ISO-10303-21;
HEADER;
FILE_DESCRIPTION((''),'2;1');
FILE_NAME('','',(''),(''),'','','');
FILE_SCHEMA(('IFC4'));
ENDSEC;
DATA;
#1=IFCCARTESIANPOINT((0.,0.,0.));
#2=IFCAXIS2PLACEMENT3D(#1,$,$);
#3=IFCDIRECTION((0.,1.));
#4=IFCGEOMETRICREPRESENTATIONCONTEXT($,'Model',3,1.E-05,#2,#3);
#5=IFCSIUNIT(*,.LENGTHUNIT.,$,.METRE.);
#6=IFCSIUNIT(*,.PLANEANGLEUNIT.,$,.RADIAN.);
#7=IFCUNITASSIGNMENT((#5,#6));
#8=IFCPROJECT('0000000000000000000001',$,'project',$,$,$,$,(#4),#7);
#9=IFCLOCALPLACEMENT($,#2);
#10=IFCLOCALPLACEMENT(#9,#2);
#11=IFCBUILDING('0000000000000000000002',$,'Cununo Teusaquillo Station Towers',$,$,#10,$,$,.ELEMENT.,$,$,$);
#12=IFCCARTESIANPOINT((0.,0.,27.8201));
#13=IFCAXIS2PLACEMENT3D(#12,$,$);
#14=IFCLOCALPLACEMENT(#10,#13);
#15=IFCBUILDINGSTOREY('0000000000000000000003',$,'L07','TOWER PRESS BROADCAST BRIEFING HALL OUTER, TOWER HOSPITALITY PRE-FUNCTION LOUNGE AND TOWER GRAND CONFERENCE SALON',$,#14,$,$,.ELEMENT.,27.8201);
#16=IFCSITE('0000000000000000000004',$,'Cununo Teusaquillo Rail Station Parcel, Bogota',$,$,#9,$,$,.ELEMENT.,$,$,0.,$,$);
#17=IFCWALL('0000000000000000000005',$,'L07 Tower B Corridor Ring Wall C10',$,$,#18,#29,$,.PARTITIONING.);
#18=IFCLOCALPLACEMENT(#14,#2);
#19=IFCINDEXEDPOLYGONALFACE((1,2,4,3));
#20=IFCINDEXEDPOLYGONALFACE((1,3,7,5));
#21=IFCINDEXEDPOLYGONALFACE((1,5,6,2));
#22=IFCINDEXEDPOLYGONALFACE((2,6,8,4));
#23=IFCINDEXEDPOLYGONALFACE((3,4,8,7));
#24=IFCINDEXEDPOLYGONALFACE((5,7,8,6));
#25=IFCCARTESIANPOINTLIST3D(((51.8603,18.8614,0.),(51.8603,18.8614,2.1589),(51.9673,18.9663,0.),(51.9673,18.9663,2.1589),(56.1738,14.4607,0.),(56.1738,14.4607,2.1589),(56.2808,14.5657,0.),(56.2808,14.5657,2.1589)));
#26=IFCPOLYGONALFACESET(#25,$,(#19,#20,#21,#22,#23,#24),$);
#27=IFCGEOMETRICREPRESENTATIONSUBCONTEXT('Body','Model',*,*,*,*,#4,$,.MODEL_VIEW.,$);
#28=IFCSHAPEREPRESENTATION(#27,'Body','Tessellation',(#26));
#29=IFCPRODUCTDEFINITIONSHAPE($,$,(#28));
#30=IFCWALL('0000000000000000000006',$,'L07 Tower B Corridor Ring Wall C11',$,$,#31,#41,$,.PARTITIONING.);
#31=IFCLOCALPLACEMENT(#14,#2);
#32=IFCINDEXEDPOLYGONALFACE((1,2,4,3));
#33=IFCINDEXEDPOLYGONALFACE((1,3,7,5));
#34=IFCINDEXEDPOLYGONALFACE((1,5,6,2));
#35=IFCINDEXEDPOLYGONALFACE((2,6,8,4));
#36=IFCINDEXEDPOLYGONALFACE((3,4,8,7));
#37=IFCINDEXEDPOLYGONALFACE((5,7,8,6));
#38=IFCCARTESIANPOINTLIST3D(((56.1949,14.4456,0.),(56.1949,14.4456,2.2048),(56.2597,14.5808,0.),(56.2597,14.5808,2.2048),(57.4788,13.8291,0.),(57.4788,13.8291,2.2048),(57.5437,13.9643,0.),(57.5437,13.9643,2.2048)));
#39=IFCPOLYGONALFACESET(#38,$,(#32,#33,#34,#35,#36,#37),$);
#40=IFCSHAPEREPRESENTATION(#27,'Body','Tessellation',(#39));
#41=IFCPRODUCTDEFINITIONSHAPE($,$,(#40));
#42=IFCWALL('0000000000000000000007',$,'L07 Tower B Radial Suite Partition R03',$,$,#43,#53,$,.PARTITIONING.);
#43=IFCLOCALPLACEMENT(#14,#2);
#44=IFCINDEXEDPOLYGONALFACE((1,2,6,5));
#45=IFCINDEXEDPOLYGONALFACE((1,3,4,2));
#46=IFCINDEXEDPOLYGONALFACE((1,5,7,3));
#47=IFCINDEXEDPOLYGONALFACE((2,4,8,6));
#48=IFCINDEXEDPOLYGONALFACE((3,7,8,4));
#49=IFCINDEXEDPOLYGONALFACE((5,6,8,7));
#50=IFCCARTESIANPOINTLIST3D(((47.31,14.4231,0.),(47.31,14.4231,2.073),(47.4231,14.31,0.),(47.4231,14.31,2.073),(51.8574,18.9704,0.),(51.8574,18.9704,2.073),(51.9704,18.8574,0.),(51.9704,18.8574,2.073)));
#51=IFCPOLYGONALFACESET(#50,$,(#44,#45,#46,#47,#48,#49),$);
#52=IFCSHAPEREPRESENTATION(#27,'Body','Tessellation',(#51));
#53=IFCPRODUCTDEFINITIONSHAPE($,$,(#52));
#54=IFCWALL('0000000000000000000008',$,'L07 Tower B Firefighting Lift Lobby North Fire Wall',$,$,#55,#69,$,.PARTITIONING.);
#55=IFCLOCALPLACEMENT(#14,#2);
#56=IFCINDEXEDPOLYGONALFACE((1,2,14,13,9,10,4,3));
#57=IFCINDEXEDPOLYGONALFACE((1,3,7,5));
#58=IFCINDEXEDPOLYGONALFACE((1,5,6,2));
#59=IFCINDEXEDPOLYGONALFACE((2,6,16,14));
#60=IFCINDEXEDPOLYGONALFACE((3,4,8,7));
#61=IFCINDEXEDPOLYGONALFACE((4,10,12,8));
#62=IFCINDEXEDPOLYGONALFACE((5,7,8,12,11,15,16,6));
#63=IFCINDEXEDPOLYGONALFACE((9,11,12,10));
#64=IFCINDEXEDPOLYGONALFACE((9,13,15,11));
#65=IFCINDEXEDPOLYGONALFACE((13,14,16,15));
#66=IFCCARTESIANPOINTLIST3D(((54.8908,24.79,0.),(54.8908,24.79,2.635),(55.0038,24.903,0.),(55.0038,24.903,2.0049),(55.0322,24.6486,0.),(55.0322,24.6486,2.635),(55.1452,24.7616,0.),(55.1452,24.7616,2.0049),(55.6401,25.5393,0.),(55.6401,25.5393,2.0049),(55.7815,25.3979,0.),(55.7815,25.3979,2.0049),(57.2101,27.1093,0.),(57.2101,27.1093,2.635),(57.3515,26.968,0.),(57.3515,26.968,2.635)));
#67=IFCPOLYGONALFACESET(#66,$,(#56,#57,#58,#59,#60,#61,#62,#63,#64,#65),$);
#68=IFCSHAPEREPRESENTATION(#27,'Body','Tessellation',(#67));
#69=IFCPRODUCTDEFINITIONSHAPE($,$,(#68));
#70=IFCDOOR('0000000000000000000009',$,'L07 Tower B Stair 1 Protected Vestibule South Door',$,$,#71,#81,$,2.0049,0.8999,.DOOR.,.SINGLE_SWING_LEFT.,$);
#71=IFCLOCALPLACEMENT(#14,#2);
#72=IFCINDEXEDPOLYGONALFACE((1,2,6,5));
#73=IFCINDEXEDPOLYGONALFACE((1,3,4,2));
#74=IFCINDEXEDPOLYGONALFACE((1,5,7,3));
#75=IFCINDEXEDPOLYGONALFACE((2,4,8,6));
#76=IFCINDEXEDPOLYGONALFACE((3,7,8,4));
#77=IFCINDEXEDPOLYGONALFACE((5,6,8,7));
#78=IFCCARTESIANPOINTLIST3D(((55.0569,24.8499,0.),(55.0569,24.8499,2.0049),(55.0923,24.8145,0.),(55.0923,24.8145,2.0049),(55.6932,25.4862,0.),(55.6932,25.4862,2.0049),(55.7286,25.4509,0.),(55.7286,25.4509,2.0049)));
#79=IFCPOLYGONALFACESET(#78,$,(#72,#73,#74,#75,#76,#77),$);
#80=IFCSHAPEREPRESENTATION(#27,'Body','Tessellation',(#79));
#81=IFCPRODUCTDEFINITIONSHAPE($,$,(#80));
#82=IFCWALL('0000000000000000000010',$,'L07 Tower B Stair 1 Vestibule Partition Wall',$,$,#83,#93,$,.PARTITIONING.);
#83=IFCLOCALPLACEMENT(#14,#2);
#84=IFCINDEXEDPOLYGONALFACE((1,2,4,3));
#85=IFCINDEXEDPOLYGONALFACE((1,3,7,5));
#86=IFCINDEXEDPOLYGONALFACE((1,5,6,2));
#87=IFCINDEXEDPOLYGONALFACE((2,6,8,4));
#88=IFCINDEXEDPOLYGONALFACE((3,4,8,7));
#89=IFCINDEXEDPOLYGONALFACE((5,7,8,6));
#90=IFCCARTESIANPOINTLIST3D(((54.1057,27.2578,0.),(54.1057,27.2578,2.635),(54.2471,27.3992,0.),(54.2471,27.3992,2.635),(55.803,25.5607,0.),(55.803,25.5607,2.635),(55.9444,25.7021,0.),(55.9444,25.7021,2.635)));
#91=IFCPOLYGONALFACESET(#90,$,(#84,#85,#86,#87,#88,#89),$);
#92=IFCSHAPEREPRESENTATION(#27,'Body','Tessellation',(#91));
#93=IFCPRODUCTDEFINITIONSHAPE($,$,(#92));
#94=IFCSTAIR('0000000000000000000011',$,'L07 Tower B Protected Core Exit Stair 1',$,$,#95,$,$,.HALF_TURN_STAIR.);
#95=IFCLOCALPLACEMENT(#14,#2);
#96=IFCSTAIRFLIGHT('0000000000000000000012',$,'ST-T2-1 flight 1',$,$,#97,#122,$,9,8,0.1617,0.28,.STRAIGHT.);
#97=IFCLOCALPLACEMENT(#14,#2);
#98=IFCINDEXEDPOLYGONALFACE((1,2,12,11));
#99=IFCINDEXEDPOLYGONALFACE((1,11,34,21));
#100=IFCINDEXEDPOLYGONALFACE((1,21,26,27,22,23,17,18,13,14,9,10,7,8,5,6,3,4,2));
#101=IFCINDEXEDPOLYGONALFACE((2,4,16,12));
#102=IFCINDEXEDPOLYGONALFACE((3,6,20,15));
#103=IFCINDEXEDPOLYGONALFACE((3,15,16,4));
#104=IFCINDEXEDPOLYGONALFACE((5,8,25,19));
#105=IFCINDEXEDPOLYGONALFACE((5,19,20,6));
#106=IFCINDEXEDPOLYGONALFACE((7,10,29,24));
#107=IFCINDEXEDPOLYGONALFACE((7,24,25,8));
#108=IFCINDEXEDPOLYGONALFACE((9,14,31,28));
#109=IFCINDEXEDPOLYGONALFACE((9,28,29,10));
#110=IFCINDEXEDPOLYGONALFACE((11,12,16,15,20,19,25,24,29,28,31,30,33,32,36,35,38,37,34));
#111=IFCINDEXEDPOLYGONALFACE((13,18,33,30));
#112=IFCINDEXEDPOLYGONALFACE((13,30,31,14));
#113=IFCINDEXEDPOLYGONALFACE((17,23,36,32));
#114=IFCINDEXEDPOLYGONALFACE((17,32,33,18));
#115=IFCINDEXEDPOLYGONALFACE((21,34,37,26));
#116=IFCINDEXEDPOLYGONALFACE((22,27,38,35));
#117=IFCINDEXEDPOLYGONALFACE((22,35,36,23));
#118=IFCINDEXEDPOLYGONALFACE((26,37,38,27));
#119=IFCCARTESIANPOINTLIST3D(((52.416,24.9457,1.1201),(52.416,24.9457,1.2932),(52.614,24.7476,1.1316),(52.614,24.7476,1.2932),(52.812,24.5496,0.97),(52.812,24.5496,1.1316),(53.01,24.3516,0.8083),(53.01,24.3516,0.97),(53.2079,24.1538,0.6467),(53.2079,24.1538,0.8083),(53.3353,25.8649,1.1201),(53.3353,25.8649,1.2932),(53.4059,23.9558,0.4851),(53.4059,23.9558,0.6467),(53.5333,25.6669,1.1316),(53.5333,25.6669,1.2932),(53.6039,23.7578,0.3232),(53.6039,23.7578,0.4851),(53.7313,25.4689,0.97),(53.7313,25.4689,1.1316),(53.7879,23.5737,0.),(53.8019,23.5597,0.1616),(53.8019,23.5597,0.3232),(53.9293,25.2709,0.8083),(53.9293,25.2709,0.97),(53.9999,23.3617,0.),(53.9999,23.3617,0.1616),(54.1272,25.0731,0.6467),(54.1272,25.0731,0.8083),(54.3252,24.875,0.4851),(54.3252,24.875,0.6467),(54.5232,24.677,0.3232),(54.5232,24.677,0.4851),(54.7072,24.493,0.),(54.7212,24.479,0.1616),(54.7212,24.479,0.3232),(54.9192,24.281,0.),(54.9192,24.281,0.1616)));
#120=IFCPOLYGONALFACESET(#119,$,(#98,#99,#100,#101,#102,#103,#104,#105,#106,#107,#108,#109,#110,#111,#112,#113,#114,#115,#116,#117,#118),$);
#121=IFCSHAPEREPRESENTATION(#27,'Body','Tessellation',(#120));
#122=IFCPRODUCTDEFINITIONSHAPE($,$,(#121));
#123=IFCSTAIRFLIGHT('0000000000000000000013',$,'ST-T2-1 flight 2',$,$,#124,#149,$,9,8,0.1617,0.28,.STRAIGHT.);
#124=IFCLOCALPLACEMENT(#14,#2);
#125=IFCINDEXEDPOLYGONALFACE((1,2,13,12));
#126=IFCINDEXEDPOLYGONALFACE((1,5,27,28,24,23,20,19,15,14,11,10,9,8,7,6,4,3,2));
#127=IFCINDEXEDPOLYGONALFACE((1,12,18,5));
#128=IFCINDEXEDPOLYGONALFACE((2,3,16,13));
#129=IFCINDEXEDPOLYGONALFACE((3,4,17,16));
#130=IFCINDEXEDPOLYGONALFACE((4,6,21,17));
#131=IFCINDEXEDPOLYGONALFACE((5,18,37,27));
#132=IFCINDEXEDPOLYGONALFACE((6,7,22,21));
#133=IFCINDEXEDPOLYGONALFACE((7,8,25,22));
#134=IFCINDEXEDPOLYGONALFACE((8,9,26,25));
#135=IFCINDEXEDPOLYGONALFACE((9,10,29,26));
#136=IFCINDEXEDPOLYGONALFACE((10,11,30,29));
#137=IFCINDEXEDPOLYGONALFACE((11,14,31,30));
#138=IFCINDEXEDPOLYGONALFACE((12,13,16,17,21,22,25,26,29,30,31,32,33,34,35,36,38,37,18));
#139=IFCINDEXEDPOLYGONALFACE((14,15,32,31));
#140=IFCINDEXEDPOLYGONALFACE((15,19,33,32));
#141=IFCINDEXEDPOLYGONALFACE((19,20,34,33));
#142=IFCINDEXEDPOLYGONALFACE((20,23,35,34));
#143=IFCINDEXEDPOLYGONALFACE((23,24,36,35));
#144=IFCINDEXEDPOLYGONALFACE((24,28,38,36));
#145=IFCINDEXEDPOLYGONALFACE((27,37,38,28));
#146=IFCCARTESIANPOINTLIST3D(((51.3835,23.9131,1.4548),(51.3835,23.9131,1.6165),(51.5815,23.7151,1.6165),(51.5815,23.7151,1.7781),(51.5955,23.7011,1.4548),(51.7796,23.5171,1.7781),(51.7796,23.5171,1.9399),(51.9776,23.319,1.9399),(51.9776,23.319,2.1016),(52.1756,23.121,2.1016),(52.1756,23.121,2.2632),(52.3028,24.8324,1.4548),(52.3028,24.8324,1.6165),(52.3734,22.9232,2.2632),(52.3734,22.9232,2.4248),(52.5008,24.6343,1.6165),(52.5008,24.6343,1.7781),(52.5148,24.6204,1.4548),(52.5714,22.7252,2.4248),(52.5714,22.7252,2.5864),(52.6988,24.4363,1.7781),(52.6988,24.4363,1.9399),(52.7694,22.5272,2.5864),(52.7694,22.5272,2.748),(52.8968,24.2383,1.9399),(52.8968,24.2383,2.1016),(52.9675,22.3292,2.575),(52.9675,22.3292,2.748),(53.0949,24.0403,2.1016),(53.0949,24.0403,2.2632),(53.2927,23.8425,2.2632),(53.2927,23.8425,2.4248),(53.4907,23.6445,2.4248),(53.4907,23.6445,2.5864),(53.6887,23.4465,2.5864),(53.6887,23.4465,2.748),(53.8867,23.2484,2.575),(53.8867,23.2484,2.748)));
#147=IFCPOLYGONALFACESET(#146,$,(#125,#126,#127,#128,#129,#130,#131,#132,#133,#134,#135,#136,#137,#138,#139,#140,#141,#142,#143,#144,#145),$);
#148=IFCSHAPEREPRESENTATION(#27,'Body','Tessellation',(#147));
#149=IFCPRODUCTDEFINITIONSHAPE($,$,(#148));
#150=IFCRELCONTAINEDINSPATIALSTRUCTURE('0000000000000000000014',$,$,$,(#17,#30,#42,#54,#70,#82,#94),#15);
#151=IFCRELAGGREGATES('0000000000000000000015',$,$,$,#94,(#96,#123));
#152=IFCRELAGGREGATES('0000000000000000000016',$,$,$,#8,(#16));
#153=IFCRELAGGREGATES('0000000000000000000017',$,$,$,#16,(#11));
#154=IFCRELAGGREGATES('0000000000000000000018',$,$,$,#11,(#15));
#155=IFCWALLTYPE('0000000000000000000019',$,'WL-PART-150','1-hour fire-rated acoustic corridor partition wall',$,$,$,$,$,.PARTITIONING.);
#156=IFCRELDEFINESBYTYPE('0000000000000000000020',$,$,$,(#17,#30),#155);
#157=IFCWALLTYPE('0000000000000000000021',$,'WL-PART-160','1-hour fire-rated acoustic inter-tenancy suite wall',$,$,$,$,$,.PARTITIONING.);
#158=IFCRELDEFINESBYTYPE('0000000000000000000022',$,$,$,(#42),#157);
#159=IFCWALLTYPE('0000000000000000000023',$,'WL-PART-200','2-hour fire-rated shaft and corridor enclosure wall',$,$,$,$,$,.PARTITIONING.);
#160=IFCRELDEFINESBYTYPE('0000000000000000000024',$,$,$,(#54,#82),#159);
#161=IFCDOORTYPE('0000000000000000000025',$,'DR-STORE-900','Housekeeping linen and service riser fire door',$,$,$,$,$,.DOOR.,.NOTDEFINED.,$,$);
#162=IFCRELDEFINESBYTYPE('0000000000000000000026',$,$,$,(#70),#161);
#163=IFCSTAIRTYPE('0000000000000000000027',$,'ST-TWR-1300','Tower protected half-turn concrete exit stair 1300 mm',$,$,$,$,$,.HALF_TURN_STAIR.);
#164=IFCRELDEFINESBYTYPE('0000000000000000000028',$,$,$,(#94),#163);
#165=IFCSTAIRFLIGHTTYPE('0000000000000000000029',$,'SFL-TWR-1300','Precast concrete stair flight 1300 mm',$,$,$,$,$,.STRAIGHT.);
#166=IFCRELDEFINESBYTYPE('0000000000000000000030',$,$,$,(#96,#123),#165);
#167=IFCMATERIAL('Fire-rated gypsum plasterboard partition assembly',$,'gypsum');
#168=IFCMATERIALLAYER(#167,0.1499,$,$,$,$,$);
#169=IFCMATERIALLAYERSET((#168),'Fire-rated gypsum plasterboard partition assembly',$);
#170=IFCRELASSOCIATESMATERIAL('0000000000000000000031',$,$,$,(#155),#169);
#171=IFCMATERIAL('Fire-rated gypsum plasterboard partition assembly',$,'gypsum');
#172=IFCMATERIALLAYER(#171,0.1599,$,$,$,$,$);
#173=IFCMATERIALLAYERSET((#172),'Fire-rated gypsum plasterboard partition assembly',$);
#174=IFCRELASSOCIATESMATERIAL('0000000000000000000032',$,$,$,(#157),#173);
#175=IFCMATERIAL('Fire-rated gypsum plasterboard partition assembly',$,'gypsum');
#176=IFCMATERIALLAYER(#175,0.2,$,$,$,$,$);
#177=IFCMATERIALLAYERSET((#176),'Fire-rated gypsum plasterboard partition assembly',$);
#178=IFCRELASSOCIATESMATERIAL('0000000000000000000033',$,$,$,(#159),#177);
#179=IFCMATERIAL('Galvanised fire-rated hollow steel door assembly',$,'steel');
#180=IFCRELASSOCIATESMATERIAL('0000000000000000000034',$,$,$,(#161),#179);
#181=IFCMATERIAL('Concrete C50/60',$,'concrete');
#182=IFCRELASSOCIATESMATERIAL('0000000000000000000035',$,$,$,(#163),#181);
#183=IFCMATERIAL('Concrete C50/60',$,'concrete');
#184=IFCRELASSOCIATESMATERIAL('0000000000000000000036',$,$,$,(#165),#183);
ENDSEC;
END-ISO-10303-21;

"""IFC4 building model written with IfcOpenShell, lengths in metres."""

from ifc_helpers import new_model, si_unit, direction, frame, frame_2d, origin, place, context, subcontext, project, spatial, polyline, rectangle, outline, extrude, source, transform, mapped, material, layer, layer_set, type_object, element, fill, aggregate, save


model = new_model("IFC4")

# Units and contexts
model_context = context("Model", 3, precision=1e-05, world=origin(), true_north=direction((0.0, 1.0)))
body_context = subcontext(model_context, "Body", "Model", "MODEL_VIEW")
ifc_project = project(units=[si_unit("LENGTHUNIT", "METRE"), si_unit("PLANEANGLEUNIT", "RADIAN")], contexts=[model_context])

# Site, building, storey
site_placement = place(None, origin())
site = spatial("IfcSite", under=ifc_project, at=site_placement, Name="Cununo Teusaquillo Rail Station Parcel, Bogota", CompositionType="ELEMENT", RefElevation=0.0)
building_placement = place(site_placement, origin())
building = spatial("IfcBuilding", under=site, at=building_placement, Name="Cununo Teusaquillo Station Towers", CompositionType="ELEMENT")
storey_placement = place(building_placement, frame((0.0, 0.0, 27.8201)))
storey = spatial("IfcBuildingStorey", under=building, at=storey_placement, Name="L07", Description="TOWER PRESS BROADCAST BRIEFING HALL OUTER, TOWER HOSPITALITY PRE-FUNCTION LOUNGE AND TOWER GRAND CONFERENCE SALON", CompositionType="ELEMENT", Elevation=27.8201)

# Walls
ifc_material_1 = material(Name="Fire-rated gypsum plasterboard partition assembly", Category="gypsum")
ifc_layer_1 = layer(ifc_material_1, 0.1499)
ifc_layer_set_1 = layer_set([ifc_layer_1], Name="Fire-rated gypsum plasterboard partition assembly")
wall_type_1 = type_object("IfcWallType", Name="WL-PART-150", Description="1-hour fire-rated acoustic corridor partition wall", PredefinedType="PARTITIONING", material=ifc_layer_set_1)
wall_1_placement = place(storey_placement, frame((51.9138, 18.9138, 0.0), z_axis=(0.0, 0.0, 1.0), x_axis=(0.699999, -0.714144, 0.0)))
element("IfcWall", 1, at=wall_1_placement, inside=storey, type_object=wall_type_1, Name="L07 Tower B Corridor Ring Wall C10", PredefinedType="PARTITIONING", context=body_context, shape_type="SweptSolid", body=[
    extrude(rectangle(XDim=6.1621, YDim=0.1499, at=frame_2d((3.0811, 0.0))), origin(), (0.0, 0.0, 1.0), 2.1589),
])
wall_2_placement = place(storey_placement, frame((56.2273, 14.5132, 0.0), z_axis=(0.0, 0.0, 1.0), x_axis=(0.901478, -0.432826, 0.0)))
element("IfcWall", 2, at=wall_2_placement, inside=storey, type_object=wall_type_1, Name="L07 Tower B Corridor Ring Wall C11", PredefinedType="PARTITIONING", context=body_context, shape_type="SweptSolid", body=[
    extrude(rectangle(XDim=1.4243, YDim=0.1499, at=frame_2d((0.7122, 0.0))), origin(), (0.0, 0.0, 1.0), 2.2048),
])
ifc_material_2 = material(Name="Fire-rated gypsum plasterboard partition assembly", Category="gypsum")
ifc_layer_2 = layer(ifc_material_2, 0.1599)
ifc_layer_set_2 = layer_set([ifc_layer_2], Name="Fire-rated gypsum plasterboard partition assembly")
wall_type_2 = type_object("IfcWallType", Name="WL-PART-160", Description="1-hour fire-rated acoustic inter-tenancy suite wall", PredefinedType="PARTITIONING", material=ifc_layer_set_2)
wall_3_placement = place(storey_placement, frame((51.9138, 18.9138, 0.0), z_axis=(0.0, 0.0, 1.0), x_axis=(-0.707107, -0.707107, 0.0)))
element("IfcWall", 3, at=wall_3_placement, inside=storey, type_object=wall_type_2, Name="L07 Tower B Radial Suite Partition R03", PredefinedType="PARTITIONING", context=body_context, shape_type="SweptSolid", body=[
    extrude(rectangle(XDim=6.4309, YDim=0.1599, at=frame_2d((3.2153, 0.0))), origin(), (0.0, 0.0, 1.0), 2.073),
])

# Wall, opening, door
ifc_material_3 = material(Name="Fire-rated gypsum plasterboard partition assembly", Category="gypsum")
ifc_layer_3 = layer(ifc_material_3, 0.2)
ifc_layer_set_3 = layer_set([ifc_layer_3], Name="Fire-rated gypsum plasterboard partition assembly")
wall_type_3 = type_object("IfcWallType", Name="WL-PART-200", Description="2-hour fire-rated shaft and corridor enclosure wall", PredefinedType="PARTITIONING", material=ifc_layer_set_3)
wall_4_placement = place(storey_placement, frame((54.9614, 24.7192, 0.0), z_axis=(0.0, 0.0, 1.0), x_axis=(0.707107, 0.707107, 0.0)))
wall_4 = element("IfcWall", 4, at=wall_4_placement, inside=storey, type_object=wall_type_3, Name="L07 Tower B Firefighting Lift Lobby North Fire Wall", PredefinedType="PARTITIONING", context=body_context, shape_type="SweptSolid", body=[
    extrude(rectangle(XDim=3.28, YDim=0.2, at=frame_2d((1.6401, 0.0))), origin(), (0.0, 0.0, 1.0), 2.635),
])
shared_shape_1 = source(origin(), body_context, "Body", "SweptSolid", [
    extrude(rectangle(XDim=0.8999, YDim=2.0049, at=frame_2d((0.45, 1.0024))), frame((0.0, 0.1099, 0.0), z_axis=(0.0, -1.0, 0.0), x_axis=(1.0, 0.0, 0.0)), (0.0, 0.0, 1.0), 0.22),
])
opening_placement = place(wall_4_placement, frame((0.1599, 0.0, 0.0)))
opening = element("IfcOpeningElement", 5, at=opening_placement, cuts=wall_4, PredefinedType="OPENING", context=body_context, shape_type="MappedRepresentation", body=[
    mapped(shared_shape_1, transform((0.0, 0.0, 0.0), x_axis=(1.0, 0.0, 0.0), y_axis=(0.0, 1.0, 0.0), z_axis=(0.0, 0.0, 1.0), scale=1.0)),
])
ifc_material_4 = material(Name="Galvanised fire-rated hollow steel door assembly", Category="steel")
door_type = type_object("IfcDoorType", Name="DR-STORE-900", Description="Housekeeping linen and service riser fire door", OperationType="NOTDEFINED", PredefinedType="DOOR", material=ifc_material_4)
shared_shape_2 = source(origin(), body_context, "Body", "SweptSolid", [
    extrude(rectangle(XDim=0.8999, YDim=2.0049, at=frame_2d((0.45, 1.0024))), frame((0.0, 0.0249, 0.0), z_axis=(0.0, -1.0, 0.0), x_axis=(1.0, 0.0, 0.0)), (0.0, 0.0, 1.0), 0.05),
])
door_placement = place(opening_placement, origin())
door = element("IfcDoor", 6, at=door_placement, inside=storey, type_object=door_type, Name="L07 Tower B Stair 1 Protected Vestibule South Door", OperationType="SINGLE_SWING_LEFT", OverallHeight=2.0049, OverallWidth=0.8999, PredefinedType="DOOR", context=body_context, shape_type="MappedRepresentation", body=[
    mapped(shared_shape_2, transform((0.0, 0.0, 0.0), x_axis=(1.0, 0.0, 0.0), y_axis=(0.0, 1.0, 0.0), z_axis=(0.0, 0.0, 1.0), scale=1.0)),
])
fill(opening, door)

# Wall
wall_5_placement = place(storey_placement, frame((55.8738, 25.6313, 0.0), z_axis=(0.0, 0.0, 1.0), x_axis=(-0.707158, 0.707056, 0.0)))
element("IfcWall", 7, at=wall_5_placement, inside=storey, type_object=wall_type_3, Name="L07 Tower B Stair 1 Vestibule Partition Wall", PredefinedType="PARTITIONING", context=body_context, shape_type="SweptSolid", body=[
    extrude(rectangle(XDim=2.4001, YDim=0.2, at=frame_2d((1.2002, 0.0))), origin(), (0.0, 0.0, 1.0), 2.635),
])

# Stair, stair flights
ifc_material_5 = material(Name="Concrete C50/60", Category="concrete")
stair_type = type_object("IfcStairType", Name="ST-TWR-1300", Description="Tower protected half-turn concrete exit stair 1300 mm", PredefinedType="HALF_TURN_STAIR", material=ifc_material_5)
stair_placement = place(storey_placement, origin())
stair = element("IfcStair", 8, at=stair_placement, inside=storey, type_object=stair_type, Name="L07 Tower B Protected Core Exit Stair 1", PredefinedType="HALF_TURN_STAIR")
ifc_material_6 = material(Name="Concrete C50/60", Category="concrete")
stair_flight_type = type_object("IfcStairFlightType", Name="SFL-TWR-1300", Description="Precast concrete stair flight 1300 mm", PredefinedType="STRAIGHT", material=ifc_material_6)
stair_flight_1_placement = place(storey_placement, frame((54.4595, 23.8213, 0.0), z_axis=(0.0, 0.0, 1.0), x_axis=(-0.707107, 0.707107, 0.0)))
stair_flight_1 = element("IfcStairFlight", 9, at=stair_flight_1_placement, type_object=stair_flight_type, Name="ST-T2-1 flight 1", NumberOfRisers=9, NumberOfTreads=8, PredefinedType="STRAIGHT", RiserHeight=0.1617, TreadLength=0.28, context=body_context, shape_type="SweptSolid", body=[
    extrude(outline(polyline([(0.0, 0.0), (0.0, 0.1616), (0.28, 0.1616), (0.28, 0.3232), (0.5601, 0.3232), (0.5601, 0.4851), (0.8401, 0.4851), (0.8401, 0.6467), (1.1201, 0.6467), (1.1201, 0.8083), (1.3999, 0.8083), (1.3999, 0.97), (1.6799, 0.97), (1.6799, 1.1316), (1.96, 1.1316), (1.96, 1.2932), (2.24, 1.2932), (2.24, 1.4551), (2.24, 1.1201), (0.2998, 0.0), (0.0, 0.0)])), frame((0.0, 0.6499, 0.0), z_axis=(0.0, -1.0, 0.0), x_axis=(1.0, 0.0, 0.0)), (0.0, 0.0, 1.0), 1.3),
])
stair_flight_2_placement = place(storey_placement, frame((51.8433, 24.3728, 1.4548), z_axis=(0.0, 0.0, 1.0), x_axis=(0.707107, -0.707107, 0.0)))
stair_flight_2 = element("IfcStairFlight", 10, at=stair_flight_2_placement, type_object=stair_flight_type, Name="ST-T2-1 flight 2", NumberOfRisers=9, NumberOfTreads=8, PredefinedType="STRAIGHT", RiserHeight=0.1617, TreadLength=0.28, context=body_context, shape_type="SweptSolid", body=[
    extrude(outline(polyline([(0.0, 0.0), (0.0, 0.1616), (0.28, 0.1616), (0.28, 0.3232), (0.5601, 0.3232), (0.5601, 0.4851), (0.8401, 0.4851), (0.8401, 0.6467), (1.1201, 0.6467), (1.1201, 0.8083), (1.3999, 0.8083), (1.3999, 0.97), (1.6799, 0.97), (1.6799, 1.1316), (1.96, 1.1316), (1.96, 1.2932), (2.24, 1.2932), (2.24, 1.4551), (2.24, 1.1201), (0.2998, 0.0), (0.0, 0.0)])), frame((0.0, 0.6499, 0.0), z_axis=(0.0, -1.0, 0.0), x_axis=(1.0, 0.0, 0.0)), (0.0, 0.0, 1.0), 1.3),
])
aggregate(stair, [stair_flight_1, stair_flight_2])

save(model, "model.ifc")
